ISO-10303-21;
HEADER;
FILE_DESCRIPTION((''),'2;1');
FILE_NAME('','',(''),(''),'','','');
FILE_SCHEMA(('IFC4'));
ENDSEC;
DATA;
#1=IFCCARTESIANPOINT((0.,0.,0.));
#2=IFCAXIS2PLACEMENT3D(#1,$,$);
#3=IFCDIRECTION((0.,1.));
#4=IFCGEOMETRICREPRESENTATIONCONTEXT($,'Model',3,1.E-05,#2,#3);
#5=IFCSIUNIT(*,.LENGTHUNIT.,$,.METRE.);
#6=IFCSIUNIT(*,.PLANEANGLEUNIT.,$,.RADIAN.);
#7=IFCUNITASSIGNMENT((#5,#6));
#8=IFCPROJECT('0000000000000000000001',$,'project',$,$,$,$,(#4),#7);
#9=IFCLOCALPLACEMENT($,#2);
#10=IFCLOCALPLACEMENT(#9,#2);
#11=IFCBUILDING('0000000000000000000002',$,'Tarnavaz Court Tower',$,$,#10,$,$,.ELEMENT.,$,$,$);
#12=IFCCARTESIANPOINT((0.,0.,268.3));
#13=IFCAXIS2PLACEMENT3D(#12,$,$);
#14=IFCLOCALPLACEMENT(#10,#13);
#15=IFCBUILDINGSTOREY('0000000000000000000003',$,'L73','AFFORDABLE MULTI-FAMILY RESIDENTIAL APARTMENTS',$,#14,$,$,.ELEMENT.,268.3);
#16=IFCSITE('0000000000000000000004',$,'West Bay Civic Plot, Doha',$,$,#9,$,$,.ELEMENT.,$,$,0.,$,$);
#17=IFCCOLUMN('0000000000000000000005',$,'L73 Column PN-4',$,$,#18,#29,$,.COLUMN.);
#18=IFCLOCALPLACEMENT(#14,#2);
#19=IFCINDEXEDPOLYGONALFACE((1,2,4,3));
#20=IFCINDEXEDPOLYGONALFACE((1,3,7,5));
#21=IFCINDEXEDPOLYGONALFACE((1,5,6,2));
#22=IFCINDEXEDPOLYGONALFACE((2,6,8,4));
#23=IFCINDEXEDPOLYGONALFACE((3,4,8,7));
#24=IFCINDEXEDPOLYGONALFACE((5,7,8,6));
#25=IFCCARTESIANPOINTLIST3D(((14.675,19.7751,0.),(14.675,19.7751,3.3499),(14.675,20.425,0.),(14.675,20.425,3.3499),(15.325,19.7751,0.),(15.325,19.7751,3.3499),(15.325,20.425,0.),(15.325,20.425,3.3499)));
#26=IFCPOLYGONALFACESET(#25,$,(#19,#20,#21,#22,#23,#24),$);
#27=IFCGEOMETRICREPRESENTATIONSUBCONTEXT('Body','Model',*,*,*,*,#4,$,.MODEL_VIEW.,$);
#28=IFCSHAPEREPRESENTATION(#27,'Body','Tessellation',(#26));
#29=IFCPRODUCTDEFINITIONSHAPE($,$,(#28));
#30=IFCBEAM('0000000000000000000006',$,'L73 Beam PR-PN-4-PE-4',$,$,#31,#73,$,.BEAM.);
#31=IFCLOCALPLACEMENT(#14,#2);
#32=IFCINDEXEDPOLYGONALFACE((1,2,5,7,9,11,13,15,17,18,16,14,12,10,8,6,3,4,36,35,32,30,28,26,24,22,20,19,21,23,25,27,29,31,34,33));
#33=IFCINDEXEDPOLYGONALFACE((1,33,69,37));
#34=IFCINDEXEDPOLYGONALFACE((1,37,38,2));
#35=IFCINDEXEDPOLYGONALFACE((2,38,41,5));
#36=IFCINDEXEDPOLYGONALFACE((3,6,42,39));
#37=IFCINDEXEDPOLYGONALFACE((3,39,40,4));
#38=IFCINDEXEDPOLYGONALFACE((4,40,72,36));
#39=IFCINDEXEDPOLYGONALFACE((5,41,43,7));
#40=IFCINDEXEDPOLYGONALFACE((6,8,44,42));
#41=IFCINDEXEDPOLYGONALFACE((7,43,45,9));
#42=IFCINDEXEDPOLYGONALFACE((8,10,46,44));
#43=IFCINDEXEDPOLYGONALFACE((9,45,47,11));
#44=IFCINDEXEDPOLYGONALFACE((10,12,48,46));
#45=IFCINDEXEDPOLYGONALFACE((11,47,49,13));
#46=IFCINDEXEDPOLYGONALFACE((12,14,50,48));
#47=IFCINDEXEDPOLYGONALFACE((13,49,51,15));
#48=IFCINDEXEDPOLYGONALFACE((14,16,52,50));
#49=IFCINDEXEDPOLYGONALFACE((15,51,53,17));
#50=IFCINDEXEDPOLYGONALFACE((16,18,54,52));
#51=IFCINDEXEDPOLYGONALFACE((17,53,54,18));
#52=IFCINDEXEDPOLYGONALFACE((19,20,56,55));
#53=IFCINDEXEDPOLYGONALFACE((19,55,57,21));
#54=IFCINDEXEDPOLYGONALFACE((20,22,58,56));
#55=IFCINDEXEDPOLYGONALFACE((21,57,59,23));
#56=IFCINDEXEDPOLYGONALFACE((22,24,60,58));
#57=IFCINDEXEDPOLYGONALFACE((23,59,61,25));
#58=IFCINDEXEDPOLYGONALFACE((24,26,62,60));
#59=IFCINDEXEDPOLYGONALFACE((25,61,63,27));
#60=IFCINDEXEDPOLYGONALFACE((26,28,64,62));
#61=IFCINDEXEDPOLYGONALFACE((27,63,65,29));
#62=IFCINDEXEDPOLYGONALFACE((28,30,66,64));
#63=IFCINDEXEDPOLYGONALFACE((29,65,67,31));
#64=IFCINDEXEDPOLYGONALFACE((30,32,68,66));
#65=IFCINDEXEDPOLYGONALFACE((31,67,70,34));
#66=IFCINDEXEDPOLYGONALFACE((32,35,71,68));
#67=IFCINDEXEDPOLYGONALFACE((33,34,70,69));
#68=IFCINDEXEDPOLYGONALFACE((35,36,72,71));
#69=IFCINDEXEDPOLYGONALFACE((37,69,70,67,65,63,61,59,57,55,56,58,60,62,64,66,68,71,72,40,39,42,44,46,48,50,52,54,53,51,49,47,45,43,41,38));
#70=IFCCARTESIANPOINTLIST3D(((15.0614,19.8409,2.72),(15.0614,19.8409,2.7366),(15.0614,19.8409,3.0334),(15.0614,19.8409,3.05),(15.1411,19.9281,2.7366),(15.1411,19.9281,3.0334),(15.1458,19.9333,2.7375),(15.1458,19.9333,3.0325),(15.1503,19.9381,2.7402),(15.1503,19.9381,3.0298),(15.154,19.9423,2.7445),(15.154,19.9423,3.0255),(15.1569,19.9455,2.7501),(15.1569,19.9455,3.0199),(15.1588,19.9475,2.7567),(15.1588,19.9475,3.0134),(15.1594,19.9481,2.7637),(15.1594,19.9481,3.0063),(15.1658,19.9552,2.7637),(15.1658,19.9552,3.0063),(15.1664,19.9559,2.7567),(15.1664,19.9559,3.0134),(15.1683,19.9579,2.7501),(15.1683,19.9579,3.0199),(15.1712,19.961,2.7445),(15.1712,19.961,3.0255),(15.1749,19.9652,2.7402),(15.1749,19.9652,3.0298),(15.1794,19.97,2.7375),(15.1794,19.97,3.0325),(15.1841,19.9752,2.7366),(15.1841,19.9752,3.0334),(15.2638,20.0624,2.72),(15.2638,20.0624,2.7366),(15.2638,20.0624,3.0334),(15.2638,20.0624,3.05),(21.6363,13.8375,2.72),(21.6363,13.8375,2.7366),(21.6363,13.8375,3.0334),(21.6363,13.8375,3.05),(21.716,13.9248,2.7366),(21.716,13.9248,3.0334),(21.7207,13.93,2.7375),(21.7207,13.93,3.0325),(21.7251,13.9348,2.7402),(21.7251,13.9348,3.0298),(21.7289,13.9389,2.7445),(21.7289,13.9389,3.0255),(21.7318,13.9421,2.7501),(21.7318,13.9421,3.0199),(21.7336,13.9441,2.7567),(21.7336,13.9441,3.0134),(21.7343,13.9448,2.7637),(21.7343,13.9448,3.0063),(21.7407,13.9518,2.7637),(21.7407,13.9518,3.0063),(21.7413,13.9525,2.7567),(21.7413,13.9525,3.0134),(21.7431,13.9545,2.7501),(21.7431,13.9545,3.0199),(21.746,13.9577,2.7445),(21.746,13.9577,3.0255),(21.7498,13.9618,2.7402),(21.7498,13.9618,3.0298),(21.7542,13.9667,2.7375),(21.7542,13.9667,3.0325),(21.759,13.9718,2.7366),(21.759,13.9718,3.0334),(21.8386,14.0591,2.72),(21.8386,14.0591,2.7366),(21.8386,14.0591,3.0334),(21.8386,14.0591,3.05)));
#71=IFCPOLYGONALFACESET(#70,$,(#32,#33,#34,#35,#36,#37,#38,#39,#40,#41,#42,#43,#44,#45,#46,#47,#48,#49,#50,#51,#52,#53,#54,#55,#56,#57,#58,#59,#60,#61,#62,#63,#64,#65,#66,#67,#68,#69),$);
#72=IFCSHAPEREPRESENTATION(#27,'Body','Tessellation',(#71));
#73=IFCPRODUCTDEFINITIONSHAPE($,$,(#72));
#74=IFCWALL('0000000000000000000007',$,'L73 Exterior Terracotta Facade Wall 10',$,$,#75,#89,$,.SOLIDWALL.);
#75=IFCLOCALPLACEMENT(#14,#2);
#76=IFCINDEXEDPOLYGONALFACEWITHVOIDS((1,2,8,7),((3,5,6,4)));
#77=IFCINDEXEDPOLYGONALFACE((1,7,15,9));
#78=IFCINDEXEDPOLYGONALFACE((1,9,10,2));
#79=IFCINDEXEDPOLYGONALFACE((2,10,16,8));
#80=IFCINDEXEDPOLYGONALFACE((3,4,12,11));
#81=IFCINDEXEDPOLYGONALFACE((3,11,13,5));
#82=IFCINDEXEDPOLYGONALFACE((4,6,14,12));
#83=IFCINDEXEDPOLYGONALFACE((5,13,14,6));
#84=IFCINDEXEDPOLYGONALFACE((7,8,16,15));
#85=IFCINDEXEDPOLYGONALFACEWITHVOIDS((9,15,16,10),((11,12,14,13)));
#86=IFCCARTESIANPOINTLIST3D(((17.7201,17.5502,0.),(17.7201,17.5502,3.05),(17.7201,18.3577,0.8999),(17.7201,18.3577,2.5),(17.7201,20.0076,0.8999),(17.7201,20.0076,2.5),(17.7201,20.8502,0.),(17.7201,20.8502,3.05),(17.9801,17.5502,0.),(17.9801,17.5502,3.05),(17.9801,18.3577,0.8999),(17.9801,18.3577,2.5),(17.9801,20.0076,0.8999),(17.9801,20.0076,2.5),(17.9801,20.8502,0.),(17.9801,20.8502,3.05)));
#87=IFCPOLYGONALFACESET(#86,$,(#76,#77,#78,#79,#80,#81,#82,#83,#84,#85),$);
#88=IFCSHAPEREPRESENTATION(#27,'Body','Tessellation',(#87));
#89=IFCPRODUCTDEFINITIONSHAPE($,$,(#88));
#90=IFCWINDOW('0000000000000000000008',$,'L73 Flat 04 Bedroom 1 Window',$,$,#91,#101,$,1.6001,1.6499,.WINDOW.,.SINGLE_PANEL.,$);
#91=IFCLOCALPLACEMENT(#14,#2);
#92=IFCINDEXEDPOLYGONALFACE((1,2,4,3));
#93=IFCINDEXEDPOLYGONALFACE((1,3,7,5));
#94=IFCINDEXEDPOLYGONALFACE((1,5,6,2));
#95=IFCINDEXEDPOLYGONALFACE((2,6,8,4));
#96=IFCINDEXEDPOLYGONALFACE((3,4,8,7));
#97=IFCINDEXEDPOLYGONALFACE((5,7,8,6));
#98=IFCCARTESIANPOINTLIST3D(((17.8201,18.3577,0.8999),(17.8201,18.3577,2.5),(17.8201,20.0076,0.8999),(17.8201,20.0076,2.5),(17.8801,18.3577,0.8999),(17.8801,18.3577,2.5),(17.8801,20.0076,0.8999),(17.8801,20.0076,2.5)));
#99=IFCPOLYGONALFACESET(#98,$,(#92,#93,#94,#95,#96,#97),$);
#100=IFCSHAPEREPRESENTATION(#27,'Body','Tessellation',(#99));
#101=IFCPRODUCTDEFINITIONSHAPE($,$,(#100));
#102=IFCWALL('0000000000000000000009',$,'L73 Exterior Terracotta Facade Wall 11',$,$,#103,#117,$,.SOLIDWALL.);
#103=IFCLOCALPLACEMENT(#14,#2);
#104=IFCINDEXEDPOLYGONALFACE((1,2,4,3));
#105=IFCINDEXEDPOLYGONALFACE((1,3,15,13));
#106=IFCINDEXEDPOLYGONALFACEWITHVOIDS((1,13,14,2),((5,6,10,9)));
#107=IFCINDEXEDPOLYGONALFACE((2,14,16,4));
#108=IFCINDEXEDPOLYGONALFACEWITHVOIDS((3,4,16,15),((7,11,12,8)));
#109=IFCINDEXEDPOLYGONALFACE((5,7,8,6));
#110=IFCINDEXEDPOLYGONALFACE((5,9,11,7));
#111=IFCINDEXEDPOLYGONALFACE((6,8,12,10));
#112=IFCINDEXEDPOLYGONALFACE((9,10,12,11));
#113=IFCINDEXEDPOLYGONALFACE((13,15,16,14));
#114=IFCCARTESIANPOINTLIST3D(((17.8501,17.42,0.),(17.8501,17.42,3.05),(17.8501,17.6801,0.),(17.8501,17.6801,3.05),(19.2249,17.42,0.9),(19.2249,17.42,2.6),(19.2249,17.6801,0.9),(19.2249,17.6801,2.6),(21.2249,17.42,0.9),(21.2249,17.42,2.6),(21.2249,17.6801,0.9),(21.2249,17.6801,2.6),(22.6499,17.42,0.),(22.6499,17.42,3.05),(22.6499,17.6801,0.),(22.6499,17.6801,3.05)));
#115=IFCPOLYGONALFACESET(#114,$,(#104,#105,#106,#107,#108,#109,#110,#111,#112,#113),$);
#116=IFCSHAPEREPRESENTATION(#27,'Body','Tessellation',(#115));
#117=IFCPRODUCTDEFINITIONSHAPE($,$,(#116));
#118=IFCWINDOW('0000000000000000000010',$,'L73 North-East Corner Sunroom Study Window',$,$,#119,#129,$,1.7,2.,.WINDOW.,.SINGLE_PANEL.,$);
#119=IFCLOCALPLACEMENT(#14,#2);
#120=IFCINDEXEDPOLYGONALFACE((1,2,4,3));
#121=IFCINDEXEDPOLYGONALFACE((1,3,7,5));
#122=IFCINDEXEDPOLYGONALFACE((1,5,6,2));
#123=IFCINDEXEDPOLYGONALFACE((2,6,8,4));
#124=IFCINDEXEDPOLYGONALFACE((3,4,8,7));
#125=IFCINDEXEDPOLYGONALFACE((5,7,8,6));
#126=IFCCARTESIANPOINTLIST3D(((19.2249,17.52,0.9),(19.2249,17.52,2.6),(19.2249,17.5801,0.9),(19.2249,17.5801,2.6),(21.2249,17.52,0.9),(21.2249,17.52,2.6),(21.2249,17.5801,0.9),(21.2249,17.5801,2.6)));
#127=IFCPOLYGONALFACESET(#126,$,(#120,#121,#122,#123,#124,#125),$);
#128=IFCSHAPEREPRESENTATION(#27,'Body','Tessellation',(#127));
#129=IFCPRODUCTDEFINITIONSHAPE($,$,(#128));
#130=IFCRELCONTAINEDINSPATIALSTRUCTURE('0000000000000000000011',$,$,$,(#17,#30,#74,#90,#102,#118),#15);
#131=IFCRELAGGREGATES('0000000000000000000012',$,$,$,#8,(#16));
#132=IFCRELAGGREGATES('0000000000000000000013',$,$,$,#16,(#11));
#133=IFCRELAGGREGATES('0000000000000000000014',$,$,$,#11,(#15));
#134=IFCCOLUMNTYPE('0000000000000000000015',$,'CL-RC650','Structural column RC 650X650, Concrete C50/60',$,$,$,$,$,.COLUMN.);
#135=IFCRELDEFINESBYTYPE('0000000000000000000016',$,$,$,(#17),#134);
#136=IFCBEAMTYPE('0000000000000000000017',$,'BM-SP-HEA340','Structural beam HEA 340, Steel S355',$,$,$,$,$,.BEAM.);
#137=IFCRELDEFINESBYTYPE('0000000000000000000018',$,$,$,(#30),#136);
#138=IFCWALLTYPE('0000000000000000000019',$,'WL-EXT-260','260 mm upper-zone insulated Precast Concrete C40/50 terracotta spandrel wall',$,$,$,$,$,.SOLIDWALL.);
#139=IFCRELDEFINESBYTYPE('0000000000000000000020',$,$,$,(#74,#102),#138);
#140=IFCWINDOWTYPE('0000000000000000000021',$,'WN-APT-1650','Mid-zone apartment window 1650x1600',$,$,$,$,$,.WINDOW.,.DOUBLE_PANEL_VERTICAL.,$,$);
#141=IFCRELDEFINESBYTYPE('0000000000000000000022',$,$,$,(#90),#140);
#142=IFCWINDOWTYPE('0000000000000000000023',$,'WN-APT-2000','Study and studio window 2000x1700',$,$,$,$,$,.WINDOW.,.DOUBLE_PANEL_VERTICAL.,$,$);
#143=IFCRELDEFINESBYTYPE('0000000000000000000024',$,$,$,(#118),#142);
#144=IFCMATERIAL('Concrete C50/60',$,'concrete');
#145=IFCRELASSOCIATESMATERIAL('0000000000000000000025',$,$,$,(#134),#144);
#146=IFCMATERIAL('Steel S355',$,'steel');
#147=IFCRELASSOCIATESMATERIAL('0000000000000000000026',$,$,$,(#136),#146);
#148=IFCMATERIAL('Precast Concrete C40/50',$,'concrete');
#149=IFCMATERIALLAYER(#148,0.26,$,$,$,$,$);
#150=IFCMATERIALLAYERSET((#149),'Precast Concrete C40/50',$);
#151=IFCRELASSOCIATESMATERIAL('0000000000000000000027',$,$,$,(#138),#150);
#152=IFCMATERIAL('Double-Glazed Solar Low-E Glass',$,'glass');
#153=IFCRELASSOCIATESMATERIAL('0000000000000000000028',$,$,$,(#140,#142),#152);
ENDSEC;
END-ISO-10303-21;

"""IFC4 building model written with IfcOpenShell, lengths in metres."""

from ifc_helpers import new_model, si_unit, direction, frame, frame_2d, origin, origin_2d, place, context, subcontext, project, spatial, rectangle, i_section, extrude, material, layer, layer_set, material_profile, profile_set, type_object, element, fill, save


model = new_model("IFC4")

# Units and contexts
model_context = context("Model", 3, precision=1e-05, world=origin(), true_north=direction((0.0, 1.0)))
body_context = subcontext(model_context, "Body", "Model", "MODEL_VIEW")
ifc_project = project(units=[si_unit("LENGTHUNIT", "METRE"), si_unit("PLANEANGLEUNIT", "RADIAN")], contexts=[model_context])

# Site, building, storey
site_placement = place(None, origin())
site = spatial("IfcSite", under=ifc_project, at=site_placement, Name="West Bay Civic Plot, Doha", CompositionType="ELEMENT", RefElevation=0.0)
building_placement = place(site_placement, origin())
building = spatial("IfcBuilding", under=site, at=building_placement, Name="Tarnavaz Court Tower", CompositionType="ELEMENT")
storey_placement = place(building_placement, frame((0.0, 0.0, 268.3)))
storey = spatial("IfcBuildingStorey", under=building, at=storey_placement, Name="L73", Description="AFFORDABLE MULTI-FAMILY RESIDENTIAL APARTMENTS", CompositionType="ELEMENT", Elevation=268.3)

# Column
ifc_material_1 = material(Name="Concrete C50/60", Category="concrete")
ifc_material_profile_1 = material_profile(ifc_material_1, rectangle(XDim=0.6499, YDim=0.6499, at=origin_2d()), Name="RC 650X650")
ifc_profile_set_1 = profile_set([ifc_material_profile_1], Name="Concrete C50/60")
column_type = type_object("IfcColumnType", Name="CL-RC650", Description="Structural column RC 650X650, Concrete C50/60", PredefinedType="COLUMN", material=ifc_profile_set_1)
column_placement = place(storey_placement, frame((15.0, 20.1001, 0.0), z_axis=(0.0, 0.0, 1.0), x_axis=(1.0, 0.0, 0.0)))
element("IfcColumn", 1, at=column_placement, inside=storey, type_object=column_type, Name="L73 Column PN-4", PredefinedType="COLUMN", context=body_context, shape_type="SweptSolid", body=[
    extrude(rectangle(XDim=0.6499, YDim=0.6499, at=origin_2d()), origin(), (0.0, 0.0, 1.0), 3.3499),
])

# Beam
ifc_material_2 = material(Name="Steel S355", Category="steel")
ifc_material_profile_2 = material_profile(ifc_material_2, i_section(OverallWidth=0.3, OverallDepth=0.3301, WebThickness=0.0095, FlangeThickness=0.0166, FilletRadius=0.0271, at=origin_2d()), Name="HEA 340")
ifc_profile_set_2 = profile_set([ifc_material_profile_2], Name="Steel S355")
beam_type = type_object("IfcBeamType", Name="BM-SP-HEA340", Description="Structural beam HEA 340, Steel S355", PredefinedType="BEAM", material=ifc_profile_set_2)
beam_placement = place(storey_placement, frame((15.1626, 19.9517, 2.885), z_axis=(0.738474, -0.674282, 0.0), x_axis=(0.674282, 0.738474, 0.0)))
element("IfcBeam", 2, at=beam_placement, inside=storey, type_object=beam_type, Name="L73 Beam PR-PN-4-PE-4", PredefinedType="BEAM", context=body_context, shape_type="SweptSolid", body=[
    extrude(i_section(OverallWidth=0.3, OverallDepth=0.3301, WebThickness=0.0095, FlangeThickness=0.0166, FilletRadius=0.0271, at=origin_2d()), origin(), (0.0, 0.0, 1.0), 8.9033),
])

# Walls, openings, windows
ifc_material_3 = material(Name="Precast Concrete C40/50", Category="concrete")
ifc_layer_1 = layer(ifc_material_3, 0.26)
ifc_layer_set_1 = layer_set([ifc_layer_1], Name="Precast Concrete C40/50")
wall_type_1 = type_object("IfcWallType", Name="WL-EXT-260", Description="260 mm upper-zone insulated Precast Concrete C40/50 terracotta spandrel wall", PredefinedType="SOLIDWALL", material=ifc_layer_set_1)
wall_1_placement = place(storey_placement, frame((17.8501, 20.8501, 0.0), z_axis=(0.0, 0.0, 1.0), x_axis=(0.0, -1.0, 0.0)))
wall_1 = element("IfcWall", 3, at=wall_1_placement, inside=storey, type_object=wall_type_1, Name="L73 Exterior Terracotta Facade Wall 10", PredefinedType="SOLIDWALL", context=body_context, shape_type="SweptSolid", body=[
    extrude(rectangle(XDim=3.3, YDim=0.26, at=frame_2d((1.6499, 0.0))), origin(), (0.0, 0.0, 1.0), 3.05),
])
opening_1_placement = place(wall_1_placement, frame((0.8425, 0.0, 0.8999)))
opening_1 = element("IfcOpeningElement", 4, at=opening_1_placement, cuts=wall_1, PredefinedType="OPENING", context=body_context, shape_type="SweptSolid", body=[
    extrude(rectangle(XDim=1.6499, YDim=1.6001, at=frame_2d((0.825, 0.8))), frame((0.0, 0.1399, 0.0), z_axis=(0.0, -1.0, 0.0), x_axis=(1.0, 0.0, 0.0)), (0.0, 0.0, 1.0), 0.28),
])
ifc_material_4 = material(Name="Double-Glazed Solar Low-E Glass", Category="glass")
window_type_1 = type_object("IfcWindowType", Name="WN-APT-1650", Description="Mid-zone apartment window 1650x1600", PartitioningType="DOUBLE_PANEL_VERTICAL", PredefinedType="WINDOW", material=ifc_material_4)
window_1_placement = place(opening_1_placement, origin())
window_1 = element("IfcWindow", 5, at=window_1_placement, inside=storey, type_object=window_type_1, Name="L73 Flat 04 Bedroom 1 Window", OverallHeight=1.6001, OverallWidth=1.6499, PartitioningType="SINGLE_PANEL", PredefinedType="WINDOW", context=body_context, shape_type="SweptSolid", body=[
    extrude(rectangle(XDim=1.6499, YDim=1.6001, at=frame_2d((0.825, 0.8))), frame((0.0, 0.03, 0.0), z_axis=(0.0, -1.0, 0.0), x_axis=(1.0, 0.0, 0.0)), (0.0, 0.0, 1.0), 0.0601),
])
fill(opening_1, window_1)
wall_2_placement = place(storey_placement, frame((17.8501, 17.55, 0.0), z_axis=(0.0, 0.0, 1.0), x_axis=(1.0, 0.0, 0.0)))
wall_2 = element("IfcWall", 6, at=wall_2_placement, inside=storey, type_object=wall_type_1, Name="L73 Exterior Terracotta Facade Wall 11", PredefinedType="SOLIDWALL", context=body_context, shape_type="SweptSolid", body=[
    extrude(rectangle(XDim=4.7998, YDim=0.26, at=frame_2d((2.3999, 0.0))), origin(), (0.0, 0.0, 1.0), 3.05),
])
opening_2_placement = place(wall_2_placement, frame((1.3748, 0.0, 0.8999)))
opening_2 = element("IfcOpeningElement", 7, at=opening_2_placement, cuts=wall_2, PredefinedType="OPENING", context=body_context, shape_type="SweptSolid", body=[
    extrude(rectangle(XDim=2.0, YDim=1.7, at=frame_2d((1.0, 0.8501))), frame((0.0, 0.1399, 0.0), z_axis=(0.0, -1.0, 0.0), x_axis=(1.0, 0.0, 0.0)), (0.0, 0.0, 1.0), 0.28),
])
window_type_2 = type_object("IfcWindowType", Name="WN-APT-2000", Description="Study and studio window 2000x1700", PartitioningType="DOUBLE_PANEL_VERTICAL", PredefinedType="WINDOW", material=ifc_material_4)
window_2_placement = place(opening_2_placement, origin())
window_2 = element("IfcWindow", 8, at=window_2_placement, inside=storey, type_object=window_type_2, Name="L73 North-East Corner Sunroom Study Window", OverallHeight=1.7, OverallWidth=2.0, PartitioningType="SINGLE_PANEL", PredefinedType="WINDOW", context=body_context, shape_type="SweptSolid", body=[
    extrude(rectangle(XDim=2.0, YDim=1.7, at=frame_2d((1.0, 0.8501))), frame((0.0, 0.03, 0.0), z_axis=(0.0, -1.0, 0.0), x_axis=(1.0, 0.0, 0.0)), (0.0, 0.0, 1.0), 0.0601),
])
fill(opening_2, window_2)

save(model, "model.ifc")
